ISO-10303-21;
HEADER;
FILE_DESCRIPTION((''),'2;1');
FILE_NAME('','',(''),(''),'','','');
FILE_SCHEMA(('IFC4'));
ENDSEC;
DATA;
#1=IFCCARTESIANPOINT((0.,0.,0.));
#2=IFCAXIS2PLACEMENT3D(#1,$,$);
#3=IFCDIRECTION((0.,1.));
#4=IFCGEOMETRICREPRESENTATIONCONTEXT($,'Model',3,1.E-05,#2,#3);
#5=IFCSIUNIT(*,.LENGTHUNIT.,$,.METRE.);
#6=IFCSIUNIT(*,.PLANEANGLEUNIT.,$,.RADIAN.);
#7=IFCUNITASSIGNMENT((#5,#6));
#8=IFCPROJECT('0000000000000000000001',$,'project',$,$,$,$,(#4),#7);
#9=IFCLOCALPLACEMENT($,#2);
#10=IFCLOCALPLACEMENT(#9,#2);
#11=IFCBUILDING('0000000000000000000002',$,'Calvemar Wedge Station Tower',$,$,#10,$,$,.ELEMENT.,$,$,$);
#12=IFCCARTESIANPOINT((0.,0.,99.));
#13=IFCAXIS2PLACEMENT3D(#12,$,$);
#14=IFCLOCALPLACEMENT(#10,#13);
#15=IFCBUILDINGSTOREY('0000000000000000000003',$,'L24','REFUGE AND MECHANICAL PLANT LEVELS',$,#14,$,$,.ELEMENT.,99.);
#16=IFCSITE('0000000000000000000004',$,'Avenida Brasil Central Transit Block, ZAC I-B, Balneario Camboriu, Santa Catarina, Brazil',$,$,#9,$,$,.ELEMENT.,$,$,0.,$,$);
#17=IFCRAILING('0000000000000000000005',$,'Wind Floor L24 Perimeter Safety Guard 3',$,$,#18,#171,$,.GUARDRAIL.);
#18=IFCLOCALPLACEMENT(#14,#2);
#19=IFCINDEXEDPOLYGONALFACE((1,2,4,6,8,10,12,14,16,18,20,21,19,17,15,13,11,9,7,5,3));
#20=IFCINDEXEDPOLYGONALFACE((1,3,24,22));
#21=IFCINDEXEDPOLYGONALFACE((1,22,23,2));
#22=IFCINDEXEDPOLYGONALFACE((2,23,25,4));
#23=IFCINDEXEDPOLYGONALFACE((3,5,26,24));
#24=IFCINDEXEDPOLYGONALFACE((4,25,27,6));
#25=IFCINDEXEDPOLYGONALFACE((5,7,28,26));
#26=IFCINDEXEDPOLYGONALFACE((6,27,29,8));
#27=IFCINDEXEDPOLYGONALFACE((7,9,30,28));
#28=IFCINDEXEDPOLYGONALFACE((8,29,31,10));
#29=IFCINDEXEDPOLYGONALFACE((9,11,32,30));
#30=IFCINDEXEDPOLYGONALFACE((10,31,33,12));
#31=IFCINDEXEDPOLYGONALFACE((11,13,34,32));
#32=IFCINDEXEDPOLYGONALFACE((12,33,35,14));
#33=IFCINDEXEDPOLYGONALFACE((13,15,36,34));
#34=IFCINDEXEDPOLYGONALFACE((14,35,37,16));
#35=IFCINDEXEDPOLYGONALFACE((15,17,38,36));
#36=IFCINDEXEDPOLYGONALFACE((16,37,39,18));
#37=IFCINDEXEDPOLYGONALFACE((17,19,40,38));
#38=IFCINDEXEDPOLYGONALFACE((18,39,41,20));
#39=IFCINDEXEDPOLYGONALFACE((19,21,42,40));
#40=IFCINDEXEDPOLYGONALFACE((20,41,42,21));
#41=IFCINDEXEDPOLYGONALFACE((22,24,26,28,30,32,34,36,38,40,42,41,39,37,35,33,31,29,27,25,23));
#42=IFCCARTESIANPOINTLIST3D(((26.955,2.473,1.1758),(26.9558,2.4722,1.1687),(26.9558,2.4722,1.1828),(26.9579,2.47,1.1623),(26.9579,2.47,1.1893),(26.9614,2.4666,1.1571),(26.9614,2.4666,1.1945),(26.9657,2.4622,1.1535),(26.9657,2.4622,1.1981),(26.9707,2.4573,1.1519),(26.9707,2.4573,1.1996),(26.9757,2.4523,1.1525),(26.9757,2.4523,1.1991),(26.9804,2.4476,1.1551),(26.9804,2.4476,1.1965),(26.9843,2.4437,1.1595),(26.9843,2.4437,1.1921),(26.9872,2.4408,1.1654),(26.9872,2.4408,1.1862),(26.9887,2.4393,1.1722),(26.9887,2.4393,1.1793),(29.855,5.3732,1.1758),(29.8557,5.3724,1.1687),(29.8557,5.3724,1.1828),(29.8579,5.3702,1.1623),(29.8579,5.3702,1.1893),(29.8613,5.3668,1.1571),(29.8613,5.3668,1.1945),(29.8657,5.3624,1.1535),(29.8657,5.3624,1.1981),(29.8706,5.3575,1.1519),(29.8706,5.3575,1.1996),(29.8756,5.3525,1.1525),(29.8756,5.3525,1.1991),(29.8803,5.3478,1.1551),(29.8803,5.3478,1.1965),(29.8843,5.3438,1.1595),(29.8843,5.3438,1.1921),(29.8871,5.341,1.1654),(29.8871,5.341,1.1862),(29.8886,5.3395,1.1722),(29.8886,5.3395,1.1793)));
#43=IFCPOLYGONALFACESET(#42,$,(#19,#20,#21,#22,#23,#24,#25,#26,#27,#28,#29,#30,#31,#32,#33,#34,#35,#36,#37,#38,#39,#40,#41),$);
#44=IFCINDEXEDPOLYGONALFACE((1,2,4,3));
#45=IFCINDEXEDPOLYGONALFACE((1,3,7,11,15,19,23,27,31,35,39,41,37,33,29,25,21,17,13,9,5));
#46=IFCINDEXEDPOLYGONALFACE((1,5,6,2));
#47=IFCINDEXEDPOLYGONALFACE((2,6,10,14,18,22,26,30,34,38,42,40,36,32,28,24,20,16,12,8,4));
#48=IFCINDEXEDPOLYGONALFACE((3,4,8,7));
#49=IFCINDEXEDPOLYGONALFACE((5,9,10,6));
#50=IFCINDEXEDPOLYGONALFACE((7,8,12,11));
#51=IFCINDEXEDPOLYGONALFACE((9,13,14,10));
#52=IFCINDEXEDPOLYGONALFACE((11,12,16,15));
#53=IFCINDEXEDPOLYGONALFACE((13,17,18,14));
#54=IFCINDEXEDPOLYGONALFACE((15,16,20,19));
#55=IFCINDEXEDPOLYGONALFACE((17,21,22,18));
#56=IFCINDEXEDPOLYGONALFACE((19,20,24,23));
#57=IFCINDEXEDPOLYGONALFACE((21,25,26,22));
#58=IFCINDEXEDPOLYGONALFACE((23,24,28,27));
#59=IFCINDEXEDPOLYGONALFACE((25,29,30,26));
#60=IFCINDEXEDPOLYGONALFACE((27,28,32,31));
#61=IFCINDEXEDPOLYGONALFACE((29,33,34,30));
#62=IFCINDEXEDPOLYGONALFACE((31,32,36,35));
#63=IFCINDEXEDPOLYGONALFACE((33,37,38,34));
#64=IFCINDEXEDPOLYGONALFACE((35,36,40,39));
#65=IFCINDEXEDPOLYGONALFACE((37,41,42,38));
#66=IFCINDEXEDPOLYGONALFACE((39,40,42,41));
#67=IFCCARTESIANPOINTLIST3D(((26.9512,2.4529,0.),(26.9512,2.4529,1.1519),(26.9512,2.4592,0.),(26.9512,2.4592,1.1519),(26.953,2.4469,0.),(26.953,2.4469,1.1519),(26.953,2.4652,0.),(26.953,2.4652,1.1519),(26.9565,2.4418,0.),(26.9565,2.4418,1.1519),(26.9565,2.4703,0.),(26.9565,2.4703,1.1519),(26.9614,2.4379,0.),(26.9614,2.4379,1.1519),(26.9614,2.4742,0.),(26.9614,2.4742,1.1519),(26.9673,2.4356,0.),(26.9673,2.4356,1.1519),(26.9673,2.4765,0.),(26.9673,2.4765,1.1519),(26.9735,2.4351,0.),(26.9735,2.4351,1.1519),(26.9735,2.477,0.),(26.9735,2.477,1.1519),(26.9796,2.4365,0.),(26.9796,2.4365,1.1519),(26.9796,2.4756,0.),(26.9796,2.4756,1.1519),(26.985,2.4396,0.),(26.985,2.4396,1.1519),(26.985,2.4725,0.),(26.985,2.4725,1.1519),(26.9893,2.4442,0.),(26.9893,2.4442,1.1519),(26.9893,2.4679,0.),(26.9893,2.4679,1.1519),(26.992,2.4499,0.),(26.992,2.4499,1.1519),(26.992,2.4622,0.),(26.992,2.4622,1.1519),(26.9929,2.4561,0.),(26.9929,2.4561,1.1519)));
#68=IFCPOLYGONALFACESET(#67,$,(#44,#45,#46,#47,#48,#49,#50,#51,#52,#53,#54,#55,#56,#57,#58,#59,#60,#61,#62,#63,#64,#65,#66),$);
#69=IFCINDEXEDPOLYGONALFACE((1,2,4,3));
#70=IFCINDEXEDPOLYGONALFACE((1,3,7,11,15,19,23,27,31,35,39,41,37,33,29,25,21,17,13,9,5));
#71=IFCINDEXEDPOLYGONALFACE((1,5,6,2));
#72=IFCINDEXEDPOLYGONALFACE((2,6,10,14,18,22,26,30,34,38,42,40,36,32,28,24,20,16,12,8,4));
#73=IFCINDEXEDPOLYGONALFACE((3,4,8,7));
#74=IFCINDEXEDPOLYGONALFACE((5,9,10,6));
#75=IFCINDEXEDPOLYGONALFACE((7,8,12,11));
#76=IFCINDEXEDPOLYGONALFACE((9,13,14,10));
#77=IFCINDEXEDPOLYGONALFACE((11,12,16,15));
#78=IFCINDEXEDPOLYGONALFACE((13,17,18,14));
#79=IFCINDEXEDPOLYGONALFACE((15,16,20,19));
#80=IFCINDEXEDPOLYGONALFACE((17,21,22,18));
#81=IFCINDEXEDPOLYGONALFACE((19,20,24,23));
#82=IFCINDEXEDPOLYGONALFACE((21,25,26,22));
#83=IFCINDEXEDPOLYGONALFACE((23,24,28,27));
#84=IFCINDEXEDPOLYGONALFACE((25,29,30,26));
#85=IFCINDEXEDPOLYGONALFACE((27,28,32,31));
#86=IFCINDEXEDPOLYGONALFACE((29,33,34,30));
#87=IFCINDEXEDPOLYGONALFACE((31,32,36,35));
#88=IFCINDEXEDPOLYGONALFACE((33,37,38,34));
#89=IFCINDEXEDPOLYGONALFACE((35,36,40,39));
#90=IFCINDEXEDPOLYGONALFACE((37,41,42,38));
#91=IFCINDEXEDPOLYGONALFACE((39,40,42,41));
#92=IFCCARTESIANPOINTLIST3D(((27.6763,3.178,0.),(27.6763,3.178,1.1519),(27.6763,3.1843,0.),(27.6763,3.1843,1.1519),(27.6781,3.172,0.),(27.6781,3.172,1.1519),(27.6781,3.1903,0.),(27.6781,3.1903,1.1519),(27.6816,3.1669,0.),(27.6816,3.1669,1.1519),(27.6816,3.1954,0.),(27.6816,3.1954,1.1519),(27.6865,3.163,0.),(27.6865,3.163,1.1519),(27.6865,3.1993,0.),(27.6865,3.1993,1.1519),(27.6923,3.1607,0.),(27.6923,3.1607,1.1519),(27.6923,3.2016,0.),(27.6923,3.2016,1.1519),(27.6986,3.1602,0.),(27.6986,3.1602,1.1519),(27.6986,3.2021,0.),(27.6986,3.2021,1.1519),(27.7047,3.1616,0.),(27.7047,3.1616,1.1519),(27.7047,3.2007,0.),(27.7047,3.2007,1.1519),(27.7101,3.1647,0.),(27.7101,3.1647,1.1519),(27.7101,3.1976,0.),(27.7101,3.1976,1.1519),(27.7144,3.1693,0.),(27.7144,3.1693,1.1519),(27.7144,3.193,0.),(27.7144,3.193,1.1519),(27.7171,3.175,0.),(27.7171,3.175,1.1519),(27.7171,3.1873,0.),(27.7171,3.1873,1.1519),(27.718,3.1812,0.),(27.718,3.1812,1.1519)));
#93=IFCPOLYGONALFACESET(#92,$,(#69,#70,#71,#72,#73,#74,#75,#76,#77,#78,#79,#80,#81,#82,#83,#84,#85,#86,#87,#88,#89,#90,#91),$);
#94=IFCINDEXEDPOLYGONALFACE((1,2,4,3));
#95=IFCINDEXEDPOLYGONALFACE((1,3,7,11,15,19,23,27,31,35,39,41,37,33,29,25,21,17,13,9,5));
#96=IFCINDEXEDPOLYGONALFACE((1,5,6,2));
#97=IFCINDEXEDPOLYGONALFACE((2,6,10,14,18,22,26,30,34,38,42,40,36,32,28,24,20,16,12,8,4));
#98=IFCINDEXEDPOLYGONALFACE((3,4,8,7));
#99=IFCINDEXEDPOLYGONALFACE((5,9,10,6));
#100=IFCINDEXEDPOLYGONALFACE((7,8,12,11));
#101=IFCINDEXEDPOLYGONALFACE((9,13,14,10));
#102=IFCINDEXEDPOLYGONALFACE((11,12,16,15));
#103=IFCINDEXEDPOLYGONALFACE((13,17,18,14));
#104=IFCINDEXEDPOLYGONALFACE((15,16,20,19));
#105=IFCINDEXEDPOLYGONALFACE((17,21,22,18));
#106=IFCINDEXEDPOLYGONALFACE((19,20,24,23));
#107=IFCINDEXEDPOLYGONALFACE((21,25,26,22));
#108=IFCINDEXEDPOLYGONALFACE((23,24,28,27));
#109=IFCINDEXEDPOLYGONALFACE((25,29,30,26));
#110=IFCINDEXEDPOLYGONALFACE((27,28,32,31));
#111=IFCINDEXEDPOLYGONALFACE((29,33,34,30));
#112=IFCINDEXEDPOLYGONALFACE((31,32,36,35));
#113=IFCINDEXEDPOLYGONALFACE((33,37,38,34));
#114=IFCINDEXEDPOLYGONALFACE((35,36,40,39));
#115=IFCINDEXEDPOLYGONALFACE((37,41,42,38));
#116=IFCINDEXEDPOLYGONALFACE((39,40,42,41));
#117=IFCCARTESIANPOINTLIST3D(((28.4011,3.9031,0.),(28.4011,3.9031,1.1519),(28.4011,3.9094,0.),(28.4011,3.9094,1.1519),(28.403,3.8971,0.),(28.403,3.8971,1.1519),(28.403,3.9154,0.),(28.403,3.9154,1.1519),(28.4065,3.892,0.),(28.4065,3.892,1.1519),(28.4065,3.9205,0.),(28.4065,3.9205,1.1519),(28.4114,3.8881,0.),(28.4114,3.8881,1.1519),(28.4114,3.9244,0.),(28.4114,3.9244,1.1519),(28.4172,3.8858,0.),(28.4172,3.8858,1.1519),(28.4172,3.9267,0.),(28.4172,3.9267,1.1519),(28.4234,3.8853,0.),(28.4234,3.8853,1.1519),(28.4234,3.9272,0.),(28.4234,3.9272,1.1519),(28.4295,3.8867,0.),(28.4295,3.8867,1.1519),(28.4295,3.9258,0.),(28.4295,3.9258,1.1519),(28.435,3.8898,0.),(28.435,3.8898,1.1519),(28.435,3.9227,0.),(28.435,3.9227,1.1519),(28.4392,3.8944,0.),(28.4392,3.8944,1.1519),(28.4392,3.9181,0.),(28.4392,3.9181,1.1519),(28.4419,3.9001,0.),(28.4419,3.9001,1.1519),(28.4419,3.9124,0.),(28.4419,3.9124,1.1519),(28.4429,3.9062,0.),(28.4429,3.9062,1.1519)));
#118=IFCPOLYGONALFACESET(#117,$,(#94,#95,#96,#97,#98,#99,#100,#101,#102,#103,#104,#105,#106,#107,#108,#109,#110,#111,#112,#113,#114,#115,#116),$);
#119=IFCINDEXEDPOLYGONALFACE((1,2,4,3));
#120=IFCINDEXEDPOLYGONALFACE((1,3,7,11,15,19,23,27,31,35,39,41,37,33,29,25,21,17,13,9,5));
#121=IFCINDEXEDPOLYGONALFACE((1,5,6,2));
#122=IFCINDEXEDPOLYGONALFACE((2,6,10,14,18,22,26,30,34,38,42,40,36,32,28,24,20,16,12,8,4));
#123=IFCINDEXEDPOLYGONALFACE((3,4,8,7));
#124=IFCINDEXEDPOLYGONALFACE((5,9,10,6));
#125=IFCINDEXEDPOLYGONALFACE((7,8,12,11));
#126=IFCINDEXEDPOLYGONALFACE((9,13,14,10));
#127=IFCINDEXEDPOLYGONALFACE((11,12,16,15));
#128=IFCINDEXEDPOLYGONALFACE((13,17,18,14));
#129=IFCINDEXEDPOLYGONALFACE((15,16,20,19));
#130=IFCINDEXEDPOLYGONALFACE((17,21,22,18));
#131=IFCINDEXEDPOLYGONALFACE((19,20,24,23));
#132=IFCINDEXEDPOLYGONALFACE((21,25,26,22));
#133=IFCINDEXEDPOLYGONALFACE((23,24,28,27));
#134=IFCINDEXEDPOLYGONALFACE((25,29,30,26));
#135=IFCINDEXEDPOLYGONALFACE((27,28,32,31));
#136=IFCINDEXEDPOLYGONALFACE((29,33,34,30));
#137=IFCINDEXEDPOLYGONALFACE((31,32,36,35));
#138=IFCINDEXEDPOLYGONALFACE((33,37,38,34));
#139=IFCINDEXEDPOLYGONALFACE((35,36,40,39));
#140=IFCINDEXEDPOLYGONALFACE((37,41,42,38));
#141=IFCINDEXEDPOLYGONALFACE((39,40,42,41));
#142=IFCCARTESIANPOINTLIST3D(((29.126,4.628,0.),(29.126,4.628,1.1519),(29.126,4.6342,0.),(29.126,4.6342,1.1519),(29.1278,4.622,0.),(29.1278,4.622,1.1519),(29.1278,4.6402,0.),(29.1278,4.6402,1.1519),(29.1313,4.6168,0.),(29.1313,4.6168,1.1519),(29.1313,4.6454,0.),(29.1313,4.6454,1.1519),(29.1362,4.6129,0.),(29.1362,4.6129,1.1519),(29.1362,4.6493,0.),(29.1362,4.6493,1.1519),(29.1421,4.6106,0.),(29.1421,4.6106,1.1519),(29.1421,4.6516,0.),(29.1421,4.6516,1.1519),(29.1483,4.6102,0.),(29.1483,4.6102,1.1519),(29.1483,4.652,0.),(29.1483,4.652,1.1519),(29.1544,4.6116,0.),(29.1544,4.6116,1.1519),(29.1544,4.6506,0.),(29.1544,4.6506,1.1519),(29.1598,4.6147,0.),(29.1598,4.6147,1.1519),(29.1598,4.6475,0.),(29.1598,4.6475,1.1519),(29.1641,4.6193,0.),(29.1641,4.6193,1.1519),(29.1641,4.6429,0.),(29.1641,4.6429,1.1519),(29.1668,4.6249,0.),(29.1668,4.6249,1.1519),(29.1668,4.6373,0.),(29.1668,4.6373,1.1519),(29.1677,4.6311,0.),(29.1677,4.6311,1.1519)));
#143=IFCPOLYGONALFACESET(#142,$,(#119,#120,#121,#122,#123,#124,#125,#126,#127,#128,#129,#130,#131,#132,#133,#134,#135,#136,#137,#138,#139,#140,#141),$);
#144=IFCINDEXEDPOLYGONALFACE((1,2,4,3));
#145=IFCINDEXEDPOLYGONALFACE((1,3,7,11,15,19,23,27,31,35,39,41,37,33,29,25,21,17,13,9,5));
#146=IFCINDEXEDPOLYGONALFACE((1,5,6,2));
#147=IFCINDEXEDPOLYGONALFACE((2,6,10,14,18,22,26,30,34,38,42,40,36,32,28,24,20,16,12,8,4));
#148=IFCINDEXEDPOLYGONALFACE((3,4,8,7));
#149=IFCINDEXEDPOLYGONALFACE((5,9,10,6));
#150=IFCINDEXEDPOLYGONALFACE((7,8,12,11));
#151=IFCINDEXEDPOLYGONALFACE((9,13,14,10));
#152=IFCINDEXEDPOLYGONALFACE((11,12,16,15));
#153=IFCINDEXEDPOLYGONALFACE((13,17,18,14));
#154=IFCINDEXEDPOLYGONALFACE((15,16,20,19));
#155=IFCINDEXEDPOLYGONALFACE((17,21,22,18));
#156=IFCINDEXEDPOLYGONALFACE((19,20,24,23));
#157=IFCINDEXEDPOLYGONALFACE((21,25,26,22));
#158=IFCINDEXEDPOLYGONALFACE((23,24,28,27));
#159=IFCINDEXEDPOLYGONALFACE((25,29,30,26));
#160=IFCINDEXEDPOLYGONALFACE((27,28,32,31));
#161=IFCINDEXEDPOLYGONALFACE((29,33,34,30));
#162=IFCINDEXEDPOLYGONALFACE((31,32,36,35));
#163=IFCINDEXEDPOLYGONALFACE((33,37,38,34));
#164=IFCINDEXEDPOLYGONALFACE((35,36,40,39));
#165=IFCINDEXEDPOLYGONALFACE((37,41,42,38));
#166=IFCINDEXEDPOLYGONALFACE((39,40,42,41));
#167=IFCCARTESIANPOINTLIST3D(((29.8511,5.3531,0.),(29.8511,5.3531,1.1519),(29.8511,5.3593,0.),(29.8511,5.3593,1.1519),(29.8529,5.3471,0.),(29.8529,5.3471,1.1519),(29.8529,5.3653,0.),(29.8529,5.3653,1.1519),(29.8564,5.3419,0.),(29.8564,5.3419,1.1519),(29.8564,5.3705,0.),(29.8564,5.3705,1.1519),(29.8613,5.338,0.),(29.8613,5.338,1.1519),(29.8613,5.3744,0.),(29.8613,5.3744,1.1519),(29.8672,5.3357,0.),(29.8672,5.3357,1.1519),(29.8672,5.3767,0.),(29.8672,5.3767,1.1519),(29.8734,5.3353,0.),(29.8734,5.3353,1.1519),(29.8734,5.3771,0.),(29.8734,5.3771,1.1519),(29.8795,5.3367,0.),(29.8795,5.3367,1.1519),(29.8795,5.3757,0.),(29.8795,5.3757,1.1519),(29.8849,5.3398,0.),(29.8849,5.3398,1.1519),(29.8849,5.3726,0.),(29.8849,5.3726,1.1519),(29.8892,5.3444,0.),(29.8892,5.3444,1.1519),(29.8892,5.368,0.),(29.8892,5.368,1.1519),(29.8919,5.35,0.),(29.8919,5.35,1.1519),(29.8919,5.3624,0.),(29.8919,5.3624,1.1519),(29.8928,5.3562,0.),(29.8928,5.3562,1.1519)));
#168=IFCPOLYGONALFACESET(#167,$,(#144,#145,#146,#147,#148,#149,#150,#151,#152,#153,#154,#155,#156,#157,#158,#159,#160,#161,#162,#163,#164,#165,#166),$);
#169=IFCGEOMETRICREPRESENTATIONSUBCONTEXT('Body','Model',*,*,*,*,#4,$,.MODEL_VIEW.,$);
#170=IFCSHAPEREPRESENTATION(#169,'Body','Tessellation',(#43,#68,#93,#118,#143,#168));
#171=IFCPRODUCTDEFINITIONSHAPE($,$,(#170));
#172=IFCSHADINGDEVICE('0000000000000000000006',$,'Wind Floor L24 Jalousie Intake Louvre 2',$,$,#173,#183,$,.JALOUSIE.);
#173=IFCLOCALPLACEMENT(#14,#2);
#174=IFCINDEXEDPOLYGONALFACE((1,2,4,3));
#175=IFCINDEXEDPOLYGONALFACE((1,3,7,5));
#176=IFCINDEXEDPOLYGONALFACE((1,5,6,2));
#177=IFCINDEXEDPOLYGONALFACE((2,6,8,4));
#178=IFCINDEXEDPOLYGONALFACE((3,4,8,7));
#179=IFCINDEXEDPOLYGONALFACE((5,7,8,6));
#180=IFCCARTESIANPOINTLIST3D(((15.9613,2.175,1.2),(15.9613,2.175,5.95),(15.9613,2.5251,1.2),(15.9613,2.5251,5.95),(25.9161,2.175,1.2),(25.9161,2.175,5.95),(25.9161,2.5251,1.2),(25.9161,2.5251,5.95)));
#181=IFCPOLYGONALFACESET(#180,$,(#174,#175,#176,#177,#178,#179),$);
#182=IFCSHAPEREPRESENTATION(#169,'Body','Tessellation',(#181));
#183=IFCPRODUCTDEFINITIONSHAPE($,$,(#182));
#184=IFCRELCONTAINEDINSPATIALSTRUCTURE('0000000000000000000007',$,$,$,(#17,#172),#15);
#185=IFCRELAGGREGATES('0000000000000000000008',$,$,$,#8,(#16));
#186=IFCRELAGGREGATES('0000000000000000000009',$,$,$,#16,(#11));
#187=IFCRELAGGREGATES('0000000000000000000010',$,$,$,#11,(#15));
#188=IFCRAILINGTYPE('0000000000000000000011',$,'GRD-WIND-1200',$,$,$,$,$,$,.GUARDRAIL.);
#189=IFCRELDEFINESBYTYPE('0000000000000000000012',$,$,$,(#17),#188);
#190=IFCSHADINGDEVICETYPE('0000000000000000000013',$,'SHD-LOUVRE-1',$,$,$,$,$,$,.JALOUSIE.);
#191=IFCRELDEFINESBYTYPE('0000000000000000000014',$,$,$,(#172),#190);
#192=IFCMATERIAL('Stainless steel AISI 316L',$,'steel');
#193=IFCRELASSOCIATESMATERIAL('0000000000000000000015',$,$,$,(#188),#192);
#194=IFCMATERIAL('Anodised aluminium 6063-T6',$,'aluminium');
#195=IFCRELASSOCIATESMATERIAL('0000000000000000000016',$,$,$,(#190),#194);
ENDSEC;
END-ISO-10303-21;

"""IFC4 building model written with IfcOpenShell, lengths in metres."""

from ifc_helpers import new_model, si_unit, direction, frame, frame_2d, origin, origin_2d, place, context, subcontext, project, spatial, rectangle, circle, extrude, material, type_object, element, save


model = new_model("IFC4")

# Units and contexts
model_context = context("Model", 3, precision=1e-05, world=origin(), true_north=direction((0.0, 1.0)))
body_context = subcontext(model_context, "Body", "Model", "MODEL_VIEW")
ifc_project = project(units=[si_unit("LENGTHUNIT", "METRE"), si_unit("PLANEANGLEUNIT", "RADIAN")], contexts=[model_context])

# Site, building, storey
site_placement = place(None, origin())
site = spatial("IfcSite", under=ifc_project, at=site_placement, Name="Avenida Brasil Central Transit Block, ZAC I-B, Balneario Camboriu, Santa Catarina, Brazil", CompositionType="ELEMENT", RefElevation=0.0)
building_placement = place(site_placement, origin())
building = spatial("IfcBuilding", under=site, at=building_placement, Name="Calvemar Wedge Station Tower", CompositionType="ELEMENT")
storey_placement = place(building_placement, frame((0.0, 0.0, 99.0)))
storey = spatial("IfcBuildingStorey", under=building, at=storey_placement, Name="L24", Description="REFUGE AND MECHANICAL PLANT LEVELS", CompositionType="ELEMENT", Elevation=99.0)

# Railing
ifc_material_1 = material(Name="Stainless steel AISI 316L", Category="steel")
railing_type = type_object("IfcRailingType", Name="GRD-WIND-1200", PredefinedType="GUARDRAIL", material=ifc_material_1)
railing_1_placement = place(storey_placement, frame((26.9719, 2.4561, 0.0)))
element("IfcRailing", 1, at=railing_1_placement, inside=storey, type_object=railing_type, Name="Wind Floor L24 Perimeter Safety Guard 3", PredefinedType="GUARDRAIL", context=body_context, shape_type="SweptSolid", body=[
    extrude(circle(Radius=0.0239, at=origin_2d()), frame((0.0, 0.0, 1.1758), z_axis=(0.707077, 0.707137, 0.0), x_axis=(-0.707137, 0.707077, 0.0)), (0.0, 0.0, 1.0), 4.1013),
    extrude(circle(Radius=0.021, at=origin_2d()), origin(), (0.0, 0.0, 1.0), 1.1519),
    extrude(circle(Radius=0.021, at=origin_2d()), frame((0.7251, 0.7251, 0.0)), (0.0, 0.0, 1.0), 1.1519),
    extrude(circle(Radius=0.021, at=origin_2d()), frame((1.45, 1.4502, 0.0)), (0.0, 0.0, 1.0), 1.1519),
    extrude(circle(Radius=0.021, at=origin_2d()), frame((2.1748, 2.175, 0.0)), (0.0, 0.0, 1.0), 1.1519),
    extrude(circle(Radius=0.021, at=origin_2d()), frame((2.8999, 2.9001, 0.0)), (0.0, 0.0, 1.0), 1.1519),
])

# Shading device
ifc_material_2 = material(Name="Anodised aluminium 6063-T6", Category="aluminium")
shading_device_type = type_object("IfcShadingDeviceType", Name="SHD-LOUVRE-1", PredefinedType="JALOUSIE", material=ifc_material_2)
shading_device_placement = place(storey_placement, frame((15.9612, 2.3501, 1.2), z_axis=(0.0, 0.0, 1.0), x_axis=(1.0, 0.0, 0.0)))
element("IfcShadingDevice", 2, at=shading_device_placement, inside=storey, type_object=shading_device_type, Name="Wind Floor L24 Jalousie Intake Louvre 2", PredefinedType="JALOUSIE", context=body_context, shape_type="SweptSolid", body=[
    extrude(rectangle(XDim=9.9548, YDim=0.3501, at=frame_2d((4.9775, 0.0))), origin(), (0.0, 0.0, 1.0), 4.75),
])

save(model, "model.ifc")
